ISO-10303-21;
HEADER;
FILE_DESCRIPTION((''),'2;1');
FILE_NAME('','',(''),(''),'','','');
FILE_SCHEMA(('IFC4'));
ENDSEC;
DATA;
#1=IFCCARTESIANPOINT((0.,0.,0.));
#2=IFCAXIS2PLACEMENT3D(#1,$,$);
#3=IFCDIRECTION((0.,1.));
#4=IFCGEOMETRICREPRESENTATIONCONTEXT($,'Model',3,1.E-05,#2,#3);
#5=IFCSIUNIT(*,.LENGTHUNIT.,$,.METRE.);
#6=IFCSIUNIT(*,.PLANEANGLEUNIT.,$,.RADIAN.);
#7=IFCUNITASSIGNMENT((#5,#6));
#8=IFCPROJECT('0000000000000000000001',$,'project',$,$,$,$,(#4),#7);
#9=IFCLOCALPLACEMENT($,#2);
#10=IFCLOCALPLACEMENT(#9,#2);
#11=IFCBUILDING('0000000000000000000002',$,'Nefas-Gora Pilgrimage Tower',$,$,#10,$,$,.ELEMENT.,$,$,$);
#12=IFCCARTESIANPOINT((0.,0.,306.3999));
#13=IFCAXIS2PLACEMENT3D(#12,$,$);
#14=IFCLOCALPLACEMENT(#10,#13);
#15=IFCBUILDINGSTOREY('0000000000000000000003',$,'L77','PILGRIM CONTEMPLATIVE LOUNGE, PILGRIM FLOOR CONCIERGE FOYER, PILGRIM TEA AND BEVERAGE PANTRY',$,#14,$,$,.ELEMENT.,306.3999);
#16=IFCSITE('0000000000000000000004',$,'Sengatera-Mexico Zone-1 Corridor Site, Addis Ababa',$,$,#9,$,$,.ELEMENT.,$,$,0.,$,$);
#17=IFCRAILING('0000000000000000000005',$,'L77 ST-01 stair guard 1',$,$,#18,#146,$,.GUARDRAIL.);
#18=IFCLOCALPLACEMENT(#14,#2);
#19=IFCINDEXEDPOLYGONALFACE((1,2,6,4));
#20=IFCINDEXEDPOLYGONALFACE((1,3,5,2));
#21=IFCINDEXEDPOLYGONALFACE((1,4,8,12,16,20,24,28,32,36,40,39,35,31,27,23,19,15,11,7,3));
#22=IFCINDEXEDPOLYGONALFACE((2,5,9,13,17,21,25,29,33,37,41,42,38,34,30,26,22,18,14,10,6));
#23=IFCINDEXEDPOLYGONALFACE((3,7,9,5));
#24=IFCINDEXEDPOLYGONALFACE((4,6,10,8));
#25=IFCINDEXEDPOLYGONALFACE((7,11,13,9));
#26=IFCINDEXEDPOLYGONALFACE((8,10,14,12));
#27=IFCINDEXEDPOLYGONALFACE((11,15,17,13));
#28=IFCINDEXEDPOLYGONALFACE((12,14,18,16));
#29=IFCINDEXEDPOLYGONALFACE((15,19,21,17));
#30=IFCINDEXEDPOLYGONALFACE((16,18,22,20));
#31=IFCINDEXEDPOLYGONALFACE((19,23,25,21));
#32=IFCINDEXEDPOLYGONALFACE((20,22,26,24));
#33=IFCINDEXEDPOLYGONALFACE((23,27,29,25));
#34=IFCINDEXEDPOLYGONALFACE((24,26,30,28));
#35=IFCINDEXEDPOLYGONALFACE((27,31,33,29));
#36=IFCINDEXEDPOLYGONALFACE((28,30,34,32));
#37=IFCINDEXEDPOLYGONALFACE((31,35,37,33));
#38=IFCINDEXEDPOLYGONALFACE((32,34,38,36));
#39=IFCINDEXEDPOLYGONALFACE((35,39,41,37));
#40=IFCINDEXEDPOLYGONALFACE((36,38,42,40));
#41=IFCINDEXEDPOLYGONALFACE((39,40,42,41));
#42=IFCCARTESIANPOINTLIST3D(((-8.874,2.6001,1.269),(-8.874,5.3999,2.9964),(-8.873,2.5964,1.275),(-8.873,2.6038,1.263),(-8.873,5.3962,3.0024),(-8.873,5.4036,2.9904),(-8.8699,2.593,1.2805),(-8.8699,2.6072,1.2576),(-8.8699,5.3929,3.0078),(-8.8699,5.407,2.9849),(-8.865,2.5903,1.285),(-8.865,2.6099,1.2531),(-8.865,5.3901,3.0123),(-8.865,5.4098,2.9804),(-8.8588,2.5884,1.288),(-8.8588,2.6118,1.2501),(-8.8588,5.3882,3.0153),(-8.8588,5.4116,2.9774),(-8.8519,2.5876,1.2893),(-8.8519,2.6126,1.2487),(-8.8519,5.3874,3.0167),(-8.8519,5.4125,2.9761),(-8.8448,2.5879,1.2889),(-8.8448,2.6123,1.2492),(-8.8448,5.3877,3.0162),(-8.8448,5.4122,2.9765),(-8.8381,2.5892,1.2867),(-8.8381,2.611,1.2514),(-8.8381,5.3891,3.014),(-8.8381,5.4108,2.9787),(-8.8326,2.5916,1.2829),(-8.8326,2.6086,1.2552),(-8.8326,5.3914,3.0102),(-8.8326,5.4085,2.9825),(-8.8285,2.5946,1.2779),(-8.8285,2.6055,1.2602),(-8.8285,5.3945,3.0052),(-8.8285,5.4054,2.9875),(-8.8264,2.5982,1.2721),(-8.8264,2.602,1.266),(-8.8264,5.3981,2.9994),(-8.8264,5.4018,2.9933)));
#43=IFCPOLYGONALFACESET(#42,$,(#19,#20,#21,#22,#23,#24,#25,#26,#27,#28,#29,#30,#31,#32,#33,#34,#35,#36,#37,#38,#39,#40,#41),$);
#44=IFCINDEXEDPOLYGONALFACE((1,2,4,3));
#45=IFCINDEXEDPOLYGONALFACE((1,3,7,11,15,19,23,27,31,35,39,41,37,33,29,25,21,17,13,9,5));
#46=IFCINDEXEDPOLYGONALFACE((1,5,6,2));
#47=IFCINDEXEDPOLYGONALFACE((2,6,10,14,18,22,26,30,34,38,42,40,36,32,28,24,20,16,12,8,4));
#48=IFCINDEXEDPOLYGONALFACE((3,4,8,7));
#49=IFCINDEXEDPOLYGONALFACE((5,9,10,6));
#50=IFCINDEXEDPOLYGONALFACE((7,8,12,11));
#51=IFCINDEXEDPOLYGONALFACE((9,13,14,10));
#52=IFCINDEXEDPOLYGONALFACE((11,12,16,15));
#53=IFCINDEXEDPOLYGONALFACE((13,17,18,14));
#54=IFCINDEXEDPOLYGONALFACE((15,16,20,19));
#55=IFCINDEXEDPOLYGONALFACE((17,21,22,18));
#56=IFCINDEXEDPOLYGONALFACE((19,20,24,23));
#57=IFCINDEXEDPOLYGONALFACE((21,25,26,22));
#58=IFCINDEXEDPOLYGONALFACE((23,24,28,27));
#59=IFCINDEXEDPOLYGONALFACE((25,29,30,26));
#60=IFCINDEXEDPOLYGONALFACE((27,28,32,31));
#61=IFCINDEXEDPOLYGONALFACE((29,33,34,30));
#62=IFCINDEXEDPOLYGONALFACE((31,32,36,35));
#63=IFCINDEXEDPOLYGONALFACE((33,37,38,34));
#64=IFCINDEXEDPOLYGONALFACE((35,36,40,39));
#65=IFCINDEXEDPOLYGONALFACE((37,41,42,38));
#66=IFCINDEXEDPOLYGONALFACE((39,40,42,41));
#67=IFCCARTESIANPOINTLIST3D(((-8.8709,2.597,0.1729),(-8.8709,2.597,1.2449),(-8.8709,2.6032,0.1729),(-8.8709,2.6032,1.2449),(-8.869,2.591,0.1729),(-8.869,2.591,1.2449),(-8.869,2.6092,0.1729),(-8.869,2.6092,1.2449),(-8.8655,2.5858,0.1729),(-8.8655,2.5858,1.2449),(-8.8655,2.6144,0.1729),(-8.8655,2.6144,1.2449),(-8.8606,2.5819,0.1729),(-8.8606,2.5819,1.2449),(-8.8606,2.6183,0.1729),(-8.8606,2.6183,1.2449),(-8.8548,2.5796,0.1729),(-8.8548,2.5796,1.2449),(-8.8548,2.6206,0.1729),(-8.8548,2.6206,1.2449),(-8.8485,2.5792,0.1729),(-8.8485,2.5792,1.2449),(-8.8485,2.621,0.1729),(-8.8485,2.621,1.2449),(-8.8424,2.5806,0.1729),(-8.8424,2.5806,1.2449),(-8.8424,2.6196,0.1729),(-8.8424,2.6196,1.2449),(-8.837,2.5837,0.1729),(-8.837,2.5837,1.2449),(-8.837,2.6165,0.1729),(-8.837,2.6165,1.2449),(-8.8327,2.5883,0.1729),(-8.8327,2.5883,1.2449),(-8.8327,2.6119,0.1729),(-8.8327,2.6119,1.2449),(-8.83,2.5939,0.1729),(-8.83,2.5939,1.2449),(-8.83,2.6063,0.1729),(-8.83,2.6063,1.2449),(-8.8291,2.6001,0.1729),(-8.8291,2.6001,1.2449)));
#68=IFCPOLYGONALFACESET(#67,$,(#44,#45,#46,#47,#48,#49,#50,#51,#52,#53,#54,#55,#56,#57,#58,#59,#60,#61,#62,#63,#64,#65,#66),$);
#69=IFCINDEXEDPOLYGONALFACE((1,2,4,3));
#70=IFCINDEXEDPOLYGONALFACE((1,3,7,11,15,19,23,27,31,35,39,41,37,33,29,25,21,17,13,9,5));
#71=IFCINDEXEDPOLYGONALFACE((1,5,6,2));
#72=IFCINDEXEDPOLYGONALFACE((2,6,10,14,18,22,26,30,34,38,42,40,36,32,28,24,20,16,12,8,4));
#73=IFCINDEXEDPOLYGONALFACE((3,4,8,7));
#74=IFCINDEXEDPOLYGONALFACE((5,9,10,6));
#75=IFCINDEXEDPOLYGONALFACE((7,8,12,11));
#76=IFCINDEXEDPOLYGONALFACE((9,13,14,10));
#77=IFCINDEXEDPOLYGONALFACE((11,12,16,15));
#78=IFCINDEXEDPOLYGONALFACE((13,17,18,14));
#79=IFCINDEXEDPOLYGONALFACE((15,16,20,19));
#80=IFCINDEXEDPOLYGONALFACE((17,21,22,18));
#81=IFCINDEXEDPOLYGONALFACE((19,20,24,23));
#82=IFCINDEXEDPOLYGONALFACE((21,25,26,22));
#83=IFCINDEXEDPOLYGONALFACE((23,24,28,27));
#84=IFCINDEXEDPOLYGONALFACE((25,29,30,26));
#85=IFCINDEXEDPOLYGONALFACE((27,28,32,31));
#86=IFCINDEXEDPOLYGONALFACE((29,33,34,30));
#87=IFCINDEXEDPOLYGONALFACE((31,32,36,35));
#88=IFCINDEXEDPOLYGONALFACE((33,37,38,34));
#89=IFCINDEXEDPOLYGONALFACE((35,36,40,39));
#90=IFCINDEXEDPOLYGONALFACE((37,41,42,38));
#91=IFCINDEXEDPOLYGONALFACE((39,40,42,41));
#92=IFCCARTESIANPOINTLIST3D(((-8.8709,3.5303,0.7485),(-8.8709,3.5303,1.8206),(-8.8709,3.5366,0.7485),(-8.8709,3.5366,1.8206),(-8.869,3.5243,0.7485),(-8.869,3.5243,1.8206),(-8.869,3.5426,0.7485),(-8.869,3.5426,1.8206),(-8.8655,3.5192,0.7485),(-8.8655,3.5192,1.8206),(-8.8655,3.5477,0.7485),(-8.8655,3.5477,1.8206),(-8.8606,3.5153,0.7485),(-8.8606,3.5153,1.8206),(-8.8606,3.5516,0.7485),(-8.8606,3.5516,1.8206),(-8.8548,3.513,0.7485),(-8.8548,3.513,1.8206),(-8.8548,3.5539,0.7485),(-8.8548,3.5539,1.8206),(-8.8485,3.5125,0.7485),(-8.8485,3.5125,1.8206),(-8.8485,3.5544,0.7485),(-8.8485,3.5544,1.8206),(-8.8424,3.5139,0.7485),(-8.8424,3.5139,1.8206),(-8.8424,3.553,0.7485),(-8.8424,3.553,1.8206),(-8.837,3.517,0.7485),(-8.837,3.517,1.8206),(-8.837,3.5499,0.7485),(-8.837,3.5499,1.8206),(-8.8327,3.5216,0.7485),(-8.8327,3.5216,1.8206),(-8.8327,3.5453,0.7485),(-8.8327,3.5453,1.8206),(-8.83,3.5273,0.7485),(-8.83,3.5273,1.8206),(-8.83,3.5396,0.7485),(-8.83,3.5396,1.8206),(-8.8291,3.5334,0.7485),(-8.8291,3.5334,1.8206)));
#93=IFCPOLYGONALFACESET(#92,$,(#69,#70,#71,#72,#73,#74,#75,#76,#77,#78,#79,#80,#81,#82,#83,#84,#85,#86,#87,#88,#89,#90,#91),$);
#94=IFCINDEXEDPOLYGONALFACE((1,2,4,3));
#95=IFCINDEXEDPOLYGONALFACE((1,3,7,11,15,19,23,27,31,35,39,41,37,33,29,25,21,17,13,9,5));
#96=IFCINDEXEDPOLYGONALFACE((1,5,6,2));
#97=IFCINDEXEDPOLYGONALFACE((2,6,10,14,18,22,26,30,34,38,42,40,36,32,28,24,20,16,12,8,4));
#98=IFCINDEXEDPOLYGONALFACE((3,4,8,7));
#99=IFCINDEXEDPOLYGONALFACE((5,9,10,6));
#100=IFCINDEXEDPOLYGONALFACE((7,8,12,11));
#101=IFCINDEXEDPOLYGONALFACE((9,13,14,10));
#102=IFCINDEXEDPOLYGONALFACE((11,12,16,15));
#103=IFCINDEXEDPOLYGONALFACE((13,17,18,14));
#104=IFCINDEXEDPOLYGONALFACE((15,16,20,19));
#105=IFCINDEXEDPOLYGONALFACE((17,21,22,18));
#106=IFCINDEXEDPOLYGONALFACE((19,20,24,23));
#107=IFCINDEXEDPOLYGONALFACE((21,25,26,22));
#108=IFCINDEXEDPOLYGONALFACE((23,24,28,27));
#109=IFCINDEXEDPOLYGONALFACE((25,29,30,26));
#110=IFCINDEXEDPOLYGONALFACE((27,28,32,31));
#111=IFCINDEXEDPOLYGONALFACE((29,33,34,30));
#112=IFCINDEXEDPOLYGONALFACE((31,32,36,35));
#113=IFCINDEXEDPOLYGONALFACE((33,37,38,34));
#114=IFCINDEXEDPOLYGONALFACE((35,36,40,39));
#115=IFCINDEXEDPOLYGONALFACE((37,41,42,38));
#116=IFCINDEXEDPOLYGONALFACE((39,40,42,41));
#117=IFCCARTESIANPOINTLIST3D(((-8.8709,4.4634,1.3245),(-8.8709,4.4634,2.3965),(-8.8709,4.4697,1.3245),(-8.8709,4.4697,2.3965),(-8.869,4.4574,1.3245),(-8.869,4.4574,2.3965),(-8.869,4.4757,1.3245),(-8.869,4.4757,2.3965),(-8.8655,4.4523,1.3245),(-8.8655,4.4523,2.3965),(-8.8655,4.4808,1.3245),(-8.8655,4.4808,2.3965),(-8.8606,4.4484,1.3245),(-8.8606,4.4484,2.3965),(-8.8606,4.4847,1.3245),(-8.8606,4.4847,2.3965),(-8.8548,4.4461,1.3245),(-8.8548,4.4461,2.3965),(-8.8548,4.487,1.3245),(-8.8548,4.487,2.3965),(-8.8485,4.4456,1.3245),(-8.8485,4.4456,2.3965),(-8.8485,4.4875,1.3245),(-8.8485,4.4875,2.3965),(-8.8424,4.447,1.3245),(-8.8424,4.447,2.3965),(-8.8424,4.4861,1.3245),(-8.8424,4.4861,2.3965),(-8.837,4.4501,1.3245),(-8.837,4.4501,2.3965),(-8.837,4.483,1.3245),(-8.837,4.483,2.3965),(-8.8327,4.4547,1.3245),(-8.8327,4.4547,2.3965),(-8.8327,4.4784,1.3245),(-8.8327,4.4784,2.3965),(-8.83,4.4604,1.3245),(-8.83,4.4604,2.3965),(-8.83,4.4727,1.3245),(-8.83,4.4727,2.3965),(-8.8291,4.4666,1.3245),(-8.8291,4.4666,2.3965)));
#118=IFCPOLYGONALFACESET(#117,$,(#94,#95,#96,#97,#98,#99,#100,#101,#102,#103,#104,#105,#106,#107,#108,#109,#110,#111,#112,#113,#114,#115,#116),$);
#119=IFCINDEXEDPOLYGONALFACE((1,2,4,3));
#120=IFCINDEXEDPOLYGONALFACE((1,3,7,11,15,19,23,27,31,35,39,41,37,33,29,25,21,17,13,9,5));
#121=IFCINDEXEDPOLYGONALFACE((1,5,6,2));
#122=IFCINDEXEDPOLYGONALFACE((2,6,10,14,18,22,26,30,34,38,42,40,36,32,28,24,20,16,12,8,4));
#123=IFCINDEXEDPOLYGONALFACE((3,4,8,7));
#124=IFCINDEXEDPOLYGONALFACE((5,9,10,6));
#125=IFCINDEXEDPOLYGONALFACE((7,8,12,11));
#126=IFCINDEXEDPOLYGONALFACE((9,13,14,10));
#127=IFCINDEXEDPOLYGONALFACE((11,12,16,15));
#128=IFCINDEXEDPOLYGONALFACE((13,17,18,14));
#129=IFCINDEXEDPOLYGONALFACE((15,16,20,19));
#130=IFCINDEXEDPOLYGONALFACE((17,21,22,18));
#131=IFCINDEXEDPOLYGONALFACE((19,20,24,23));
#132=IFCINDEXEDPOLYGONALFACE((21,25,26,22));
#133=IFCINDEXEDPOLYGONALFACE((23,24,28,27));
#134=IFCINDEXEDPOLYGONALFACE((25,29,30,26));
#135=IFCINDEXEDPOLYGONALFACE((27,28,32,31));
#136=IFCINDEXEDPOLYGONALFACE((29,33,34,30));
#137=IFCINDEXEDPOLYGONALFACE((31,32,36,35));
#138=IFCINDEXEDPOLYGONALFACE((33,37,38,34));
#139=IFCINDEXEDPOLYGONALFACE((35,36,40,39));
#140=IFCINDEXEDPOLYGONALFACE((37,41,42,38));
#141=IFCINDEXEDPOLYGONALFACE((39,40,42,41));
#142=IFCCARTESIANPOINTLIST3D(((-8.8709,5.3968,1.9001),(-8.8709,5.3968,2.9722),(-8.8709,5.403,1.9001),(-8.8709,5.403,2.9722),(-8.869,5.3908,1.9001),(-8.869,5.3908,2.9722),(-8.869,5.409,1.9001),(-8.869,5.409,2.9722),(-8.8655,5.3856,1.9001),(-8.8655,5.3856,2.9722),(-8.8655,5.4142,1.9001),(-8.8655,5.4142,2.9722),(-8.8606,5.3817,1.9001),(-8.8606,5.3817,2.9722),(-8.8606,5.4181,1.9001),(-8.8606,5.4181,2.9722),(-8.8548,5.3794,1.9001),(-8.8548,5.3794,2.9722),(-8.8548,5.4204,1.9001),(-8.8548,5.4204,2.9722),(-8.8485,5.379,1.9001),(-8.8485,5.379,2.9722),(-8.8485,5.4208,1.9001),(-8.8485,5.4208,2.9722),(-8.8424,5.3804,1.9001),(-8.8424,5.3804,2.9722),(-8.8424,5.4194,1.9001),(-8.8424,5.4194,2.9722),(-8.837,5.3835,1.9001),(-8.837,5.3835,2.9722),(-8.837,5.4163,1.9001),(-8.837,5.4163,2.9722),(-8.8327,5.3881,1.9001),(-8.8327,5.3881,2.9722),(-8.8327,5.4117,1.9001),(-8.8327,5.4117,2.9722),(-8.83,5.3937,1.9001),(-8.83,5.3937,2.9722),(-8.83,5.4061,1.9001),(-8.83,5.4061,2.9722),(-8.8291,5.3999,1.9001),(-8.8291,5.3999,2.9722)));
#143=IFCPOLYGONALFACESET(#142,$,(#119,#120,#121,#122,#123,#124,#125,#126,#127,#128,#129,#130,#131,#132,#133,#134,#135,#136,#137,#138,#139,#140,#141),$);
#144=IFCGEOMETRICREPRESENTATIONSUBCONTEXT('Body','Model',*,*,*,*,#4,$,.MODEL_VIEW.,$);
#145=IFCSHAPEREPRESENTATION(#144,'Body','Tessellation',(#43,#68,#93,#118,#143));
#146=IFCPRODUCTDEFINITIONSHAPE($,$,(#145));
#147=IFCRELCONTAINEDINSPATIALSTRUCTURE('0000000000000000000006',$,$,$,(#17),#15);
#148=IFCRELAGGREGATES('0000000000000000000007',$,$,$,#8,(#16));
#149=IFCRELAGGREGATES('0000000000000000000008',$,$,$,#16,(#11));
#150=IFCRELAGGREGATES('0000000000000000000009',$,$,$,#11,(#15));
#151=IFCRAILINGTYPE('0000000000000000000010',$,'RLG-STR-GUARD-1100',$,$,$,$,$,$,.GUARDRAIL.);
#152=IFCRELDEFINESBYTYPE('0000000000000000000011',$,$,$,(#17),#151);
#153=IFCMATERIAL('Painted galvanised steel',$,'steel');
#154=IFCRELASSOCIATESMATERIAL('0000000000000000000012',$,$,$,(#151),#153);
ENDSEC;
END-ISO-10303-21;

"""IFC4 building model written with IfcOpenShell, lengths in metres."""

from ifc_helpers import new_model, si_unit, direction, frame, origin, origin_2d, place, context, subcontext, project, spatial, circle, extrude, material, type_object, element, save


model = new_model("IFC4")

# Units and contexts
model_context = context("Model", 3, precision=1e-05, world=origin(), true_north=direction((0.0, 1.0)))
body_context = subcontext(model_context, "Body", "Model", "MODEL_VIEW")
ifc_project = project(units=[si_unit("LENGTHUNIT", "METRE"), si_unit("PLANEANGLEUNIT", "RADIAN")], contexts=[model_context])

# Site, building, storey
site_placement = place(None, origin())
site = spatial("IfcSite", under=ifc_project, at=site_placement, Name="Sengatera-Mexico Zone-1 Corridor Site, Addis Ababa", CompositionType="ELEMENT", RefElevation=0.0)
building_placement = place(site_placement, origin())
building = spatial("IfcBuilding", under=site, at=building_placement, Name="Nefas-Gora Pilgrimage Tower", CompositionType="ELEMENT")
storey_placement = place(building_placement, frame((0.0, 0.0, 306.3999)))
storey = spatial("IfcBuildingStorey", under=building, at=storey_placement, Name="L77", Description="PILGRIM CONTEMPLATIVE LOUNGE, PILGRIM FLOOR CONCIERGE FOYER, PILGRIM TEA AND BEVERAGE PANTRY", CompositionType="ELEMENT", Elevation=306.3999)

# Railing
ifc_material_1 = material(Name="Painted galvanised steel", Category="steel")
railing_type_1 = type_object("IfcRailingType", Name="RLG-STR-GUARD-1100", PredefinedType="GUARDRAIL", material=ifc_material_1)
railing_1_placement = place(storey_placement, frame((-8.8501, 2.6001, 0.1729)))
element("IfcRailing", 1, at=railing_1_placement, inside=storey, type_object=railing_type_1, Name="L77 ST-01 stair guard 1", PredefinedType="GUARDRAIL", context=body_context, shape_type="SweptSolid", body=[
    extrude(circle(Radius=0.0239, at=origin_2d()), frame((0.0, 0.0, 1.0962), z_axis=(0.0, 0.851069, 0.525054), x_axis=(-1.0, 0.0, 0.0)), (0.0, 0.0, 1.0), 3.2898),
    extrude(circle(Radius=0.021, at=origin_2d()), origin(), (0.0, 0.0, 1.0), 1.072),
    extrude(circle(Radius=0.021, at=origin_2d()), frame((0.0, 0.9333, 0.5757)), (0.0, 0.0, 1.0), 1.072),
    extrude(circle(Radius=0.021, at=origin_2d()), frame((0.0, 1.8665, 1.1516)), (0.0, 0.0, 1.0), 1.072),
    extrude(circle(Radius=0.021, at=origin_2d()), frame((0.0, 2.7998, 1.7273)), (0.0, 0.0, 1.0), 1.072),
])

save(model, "model.ifc")
